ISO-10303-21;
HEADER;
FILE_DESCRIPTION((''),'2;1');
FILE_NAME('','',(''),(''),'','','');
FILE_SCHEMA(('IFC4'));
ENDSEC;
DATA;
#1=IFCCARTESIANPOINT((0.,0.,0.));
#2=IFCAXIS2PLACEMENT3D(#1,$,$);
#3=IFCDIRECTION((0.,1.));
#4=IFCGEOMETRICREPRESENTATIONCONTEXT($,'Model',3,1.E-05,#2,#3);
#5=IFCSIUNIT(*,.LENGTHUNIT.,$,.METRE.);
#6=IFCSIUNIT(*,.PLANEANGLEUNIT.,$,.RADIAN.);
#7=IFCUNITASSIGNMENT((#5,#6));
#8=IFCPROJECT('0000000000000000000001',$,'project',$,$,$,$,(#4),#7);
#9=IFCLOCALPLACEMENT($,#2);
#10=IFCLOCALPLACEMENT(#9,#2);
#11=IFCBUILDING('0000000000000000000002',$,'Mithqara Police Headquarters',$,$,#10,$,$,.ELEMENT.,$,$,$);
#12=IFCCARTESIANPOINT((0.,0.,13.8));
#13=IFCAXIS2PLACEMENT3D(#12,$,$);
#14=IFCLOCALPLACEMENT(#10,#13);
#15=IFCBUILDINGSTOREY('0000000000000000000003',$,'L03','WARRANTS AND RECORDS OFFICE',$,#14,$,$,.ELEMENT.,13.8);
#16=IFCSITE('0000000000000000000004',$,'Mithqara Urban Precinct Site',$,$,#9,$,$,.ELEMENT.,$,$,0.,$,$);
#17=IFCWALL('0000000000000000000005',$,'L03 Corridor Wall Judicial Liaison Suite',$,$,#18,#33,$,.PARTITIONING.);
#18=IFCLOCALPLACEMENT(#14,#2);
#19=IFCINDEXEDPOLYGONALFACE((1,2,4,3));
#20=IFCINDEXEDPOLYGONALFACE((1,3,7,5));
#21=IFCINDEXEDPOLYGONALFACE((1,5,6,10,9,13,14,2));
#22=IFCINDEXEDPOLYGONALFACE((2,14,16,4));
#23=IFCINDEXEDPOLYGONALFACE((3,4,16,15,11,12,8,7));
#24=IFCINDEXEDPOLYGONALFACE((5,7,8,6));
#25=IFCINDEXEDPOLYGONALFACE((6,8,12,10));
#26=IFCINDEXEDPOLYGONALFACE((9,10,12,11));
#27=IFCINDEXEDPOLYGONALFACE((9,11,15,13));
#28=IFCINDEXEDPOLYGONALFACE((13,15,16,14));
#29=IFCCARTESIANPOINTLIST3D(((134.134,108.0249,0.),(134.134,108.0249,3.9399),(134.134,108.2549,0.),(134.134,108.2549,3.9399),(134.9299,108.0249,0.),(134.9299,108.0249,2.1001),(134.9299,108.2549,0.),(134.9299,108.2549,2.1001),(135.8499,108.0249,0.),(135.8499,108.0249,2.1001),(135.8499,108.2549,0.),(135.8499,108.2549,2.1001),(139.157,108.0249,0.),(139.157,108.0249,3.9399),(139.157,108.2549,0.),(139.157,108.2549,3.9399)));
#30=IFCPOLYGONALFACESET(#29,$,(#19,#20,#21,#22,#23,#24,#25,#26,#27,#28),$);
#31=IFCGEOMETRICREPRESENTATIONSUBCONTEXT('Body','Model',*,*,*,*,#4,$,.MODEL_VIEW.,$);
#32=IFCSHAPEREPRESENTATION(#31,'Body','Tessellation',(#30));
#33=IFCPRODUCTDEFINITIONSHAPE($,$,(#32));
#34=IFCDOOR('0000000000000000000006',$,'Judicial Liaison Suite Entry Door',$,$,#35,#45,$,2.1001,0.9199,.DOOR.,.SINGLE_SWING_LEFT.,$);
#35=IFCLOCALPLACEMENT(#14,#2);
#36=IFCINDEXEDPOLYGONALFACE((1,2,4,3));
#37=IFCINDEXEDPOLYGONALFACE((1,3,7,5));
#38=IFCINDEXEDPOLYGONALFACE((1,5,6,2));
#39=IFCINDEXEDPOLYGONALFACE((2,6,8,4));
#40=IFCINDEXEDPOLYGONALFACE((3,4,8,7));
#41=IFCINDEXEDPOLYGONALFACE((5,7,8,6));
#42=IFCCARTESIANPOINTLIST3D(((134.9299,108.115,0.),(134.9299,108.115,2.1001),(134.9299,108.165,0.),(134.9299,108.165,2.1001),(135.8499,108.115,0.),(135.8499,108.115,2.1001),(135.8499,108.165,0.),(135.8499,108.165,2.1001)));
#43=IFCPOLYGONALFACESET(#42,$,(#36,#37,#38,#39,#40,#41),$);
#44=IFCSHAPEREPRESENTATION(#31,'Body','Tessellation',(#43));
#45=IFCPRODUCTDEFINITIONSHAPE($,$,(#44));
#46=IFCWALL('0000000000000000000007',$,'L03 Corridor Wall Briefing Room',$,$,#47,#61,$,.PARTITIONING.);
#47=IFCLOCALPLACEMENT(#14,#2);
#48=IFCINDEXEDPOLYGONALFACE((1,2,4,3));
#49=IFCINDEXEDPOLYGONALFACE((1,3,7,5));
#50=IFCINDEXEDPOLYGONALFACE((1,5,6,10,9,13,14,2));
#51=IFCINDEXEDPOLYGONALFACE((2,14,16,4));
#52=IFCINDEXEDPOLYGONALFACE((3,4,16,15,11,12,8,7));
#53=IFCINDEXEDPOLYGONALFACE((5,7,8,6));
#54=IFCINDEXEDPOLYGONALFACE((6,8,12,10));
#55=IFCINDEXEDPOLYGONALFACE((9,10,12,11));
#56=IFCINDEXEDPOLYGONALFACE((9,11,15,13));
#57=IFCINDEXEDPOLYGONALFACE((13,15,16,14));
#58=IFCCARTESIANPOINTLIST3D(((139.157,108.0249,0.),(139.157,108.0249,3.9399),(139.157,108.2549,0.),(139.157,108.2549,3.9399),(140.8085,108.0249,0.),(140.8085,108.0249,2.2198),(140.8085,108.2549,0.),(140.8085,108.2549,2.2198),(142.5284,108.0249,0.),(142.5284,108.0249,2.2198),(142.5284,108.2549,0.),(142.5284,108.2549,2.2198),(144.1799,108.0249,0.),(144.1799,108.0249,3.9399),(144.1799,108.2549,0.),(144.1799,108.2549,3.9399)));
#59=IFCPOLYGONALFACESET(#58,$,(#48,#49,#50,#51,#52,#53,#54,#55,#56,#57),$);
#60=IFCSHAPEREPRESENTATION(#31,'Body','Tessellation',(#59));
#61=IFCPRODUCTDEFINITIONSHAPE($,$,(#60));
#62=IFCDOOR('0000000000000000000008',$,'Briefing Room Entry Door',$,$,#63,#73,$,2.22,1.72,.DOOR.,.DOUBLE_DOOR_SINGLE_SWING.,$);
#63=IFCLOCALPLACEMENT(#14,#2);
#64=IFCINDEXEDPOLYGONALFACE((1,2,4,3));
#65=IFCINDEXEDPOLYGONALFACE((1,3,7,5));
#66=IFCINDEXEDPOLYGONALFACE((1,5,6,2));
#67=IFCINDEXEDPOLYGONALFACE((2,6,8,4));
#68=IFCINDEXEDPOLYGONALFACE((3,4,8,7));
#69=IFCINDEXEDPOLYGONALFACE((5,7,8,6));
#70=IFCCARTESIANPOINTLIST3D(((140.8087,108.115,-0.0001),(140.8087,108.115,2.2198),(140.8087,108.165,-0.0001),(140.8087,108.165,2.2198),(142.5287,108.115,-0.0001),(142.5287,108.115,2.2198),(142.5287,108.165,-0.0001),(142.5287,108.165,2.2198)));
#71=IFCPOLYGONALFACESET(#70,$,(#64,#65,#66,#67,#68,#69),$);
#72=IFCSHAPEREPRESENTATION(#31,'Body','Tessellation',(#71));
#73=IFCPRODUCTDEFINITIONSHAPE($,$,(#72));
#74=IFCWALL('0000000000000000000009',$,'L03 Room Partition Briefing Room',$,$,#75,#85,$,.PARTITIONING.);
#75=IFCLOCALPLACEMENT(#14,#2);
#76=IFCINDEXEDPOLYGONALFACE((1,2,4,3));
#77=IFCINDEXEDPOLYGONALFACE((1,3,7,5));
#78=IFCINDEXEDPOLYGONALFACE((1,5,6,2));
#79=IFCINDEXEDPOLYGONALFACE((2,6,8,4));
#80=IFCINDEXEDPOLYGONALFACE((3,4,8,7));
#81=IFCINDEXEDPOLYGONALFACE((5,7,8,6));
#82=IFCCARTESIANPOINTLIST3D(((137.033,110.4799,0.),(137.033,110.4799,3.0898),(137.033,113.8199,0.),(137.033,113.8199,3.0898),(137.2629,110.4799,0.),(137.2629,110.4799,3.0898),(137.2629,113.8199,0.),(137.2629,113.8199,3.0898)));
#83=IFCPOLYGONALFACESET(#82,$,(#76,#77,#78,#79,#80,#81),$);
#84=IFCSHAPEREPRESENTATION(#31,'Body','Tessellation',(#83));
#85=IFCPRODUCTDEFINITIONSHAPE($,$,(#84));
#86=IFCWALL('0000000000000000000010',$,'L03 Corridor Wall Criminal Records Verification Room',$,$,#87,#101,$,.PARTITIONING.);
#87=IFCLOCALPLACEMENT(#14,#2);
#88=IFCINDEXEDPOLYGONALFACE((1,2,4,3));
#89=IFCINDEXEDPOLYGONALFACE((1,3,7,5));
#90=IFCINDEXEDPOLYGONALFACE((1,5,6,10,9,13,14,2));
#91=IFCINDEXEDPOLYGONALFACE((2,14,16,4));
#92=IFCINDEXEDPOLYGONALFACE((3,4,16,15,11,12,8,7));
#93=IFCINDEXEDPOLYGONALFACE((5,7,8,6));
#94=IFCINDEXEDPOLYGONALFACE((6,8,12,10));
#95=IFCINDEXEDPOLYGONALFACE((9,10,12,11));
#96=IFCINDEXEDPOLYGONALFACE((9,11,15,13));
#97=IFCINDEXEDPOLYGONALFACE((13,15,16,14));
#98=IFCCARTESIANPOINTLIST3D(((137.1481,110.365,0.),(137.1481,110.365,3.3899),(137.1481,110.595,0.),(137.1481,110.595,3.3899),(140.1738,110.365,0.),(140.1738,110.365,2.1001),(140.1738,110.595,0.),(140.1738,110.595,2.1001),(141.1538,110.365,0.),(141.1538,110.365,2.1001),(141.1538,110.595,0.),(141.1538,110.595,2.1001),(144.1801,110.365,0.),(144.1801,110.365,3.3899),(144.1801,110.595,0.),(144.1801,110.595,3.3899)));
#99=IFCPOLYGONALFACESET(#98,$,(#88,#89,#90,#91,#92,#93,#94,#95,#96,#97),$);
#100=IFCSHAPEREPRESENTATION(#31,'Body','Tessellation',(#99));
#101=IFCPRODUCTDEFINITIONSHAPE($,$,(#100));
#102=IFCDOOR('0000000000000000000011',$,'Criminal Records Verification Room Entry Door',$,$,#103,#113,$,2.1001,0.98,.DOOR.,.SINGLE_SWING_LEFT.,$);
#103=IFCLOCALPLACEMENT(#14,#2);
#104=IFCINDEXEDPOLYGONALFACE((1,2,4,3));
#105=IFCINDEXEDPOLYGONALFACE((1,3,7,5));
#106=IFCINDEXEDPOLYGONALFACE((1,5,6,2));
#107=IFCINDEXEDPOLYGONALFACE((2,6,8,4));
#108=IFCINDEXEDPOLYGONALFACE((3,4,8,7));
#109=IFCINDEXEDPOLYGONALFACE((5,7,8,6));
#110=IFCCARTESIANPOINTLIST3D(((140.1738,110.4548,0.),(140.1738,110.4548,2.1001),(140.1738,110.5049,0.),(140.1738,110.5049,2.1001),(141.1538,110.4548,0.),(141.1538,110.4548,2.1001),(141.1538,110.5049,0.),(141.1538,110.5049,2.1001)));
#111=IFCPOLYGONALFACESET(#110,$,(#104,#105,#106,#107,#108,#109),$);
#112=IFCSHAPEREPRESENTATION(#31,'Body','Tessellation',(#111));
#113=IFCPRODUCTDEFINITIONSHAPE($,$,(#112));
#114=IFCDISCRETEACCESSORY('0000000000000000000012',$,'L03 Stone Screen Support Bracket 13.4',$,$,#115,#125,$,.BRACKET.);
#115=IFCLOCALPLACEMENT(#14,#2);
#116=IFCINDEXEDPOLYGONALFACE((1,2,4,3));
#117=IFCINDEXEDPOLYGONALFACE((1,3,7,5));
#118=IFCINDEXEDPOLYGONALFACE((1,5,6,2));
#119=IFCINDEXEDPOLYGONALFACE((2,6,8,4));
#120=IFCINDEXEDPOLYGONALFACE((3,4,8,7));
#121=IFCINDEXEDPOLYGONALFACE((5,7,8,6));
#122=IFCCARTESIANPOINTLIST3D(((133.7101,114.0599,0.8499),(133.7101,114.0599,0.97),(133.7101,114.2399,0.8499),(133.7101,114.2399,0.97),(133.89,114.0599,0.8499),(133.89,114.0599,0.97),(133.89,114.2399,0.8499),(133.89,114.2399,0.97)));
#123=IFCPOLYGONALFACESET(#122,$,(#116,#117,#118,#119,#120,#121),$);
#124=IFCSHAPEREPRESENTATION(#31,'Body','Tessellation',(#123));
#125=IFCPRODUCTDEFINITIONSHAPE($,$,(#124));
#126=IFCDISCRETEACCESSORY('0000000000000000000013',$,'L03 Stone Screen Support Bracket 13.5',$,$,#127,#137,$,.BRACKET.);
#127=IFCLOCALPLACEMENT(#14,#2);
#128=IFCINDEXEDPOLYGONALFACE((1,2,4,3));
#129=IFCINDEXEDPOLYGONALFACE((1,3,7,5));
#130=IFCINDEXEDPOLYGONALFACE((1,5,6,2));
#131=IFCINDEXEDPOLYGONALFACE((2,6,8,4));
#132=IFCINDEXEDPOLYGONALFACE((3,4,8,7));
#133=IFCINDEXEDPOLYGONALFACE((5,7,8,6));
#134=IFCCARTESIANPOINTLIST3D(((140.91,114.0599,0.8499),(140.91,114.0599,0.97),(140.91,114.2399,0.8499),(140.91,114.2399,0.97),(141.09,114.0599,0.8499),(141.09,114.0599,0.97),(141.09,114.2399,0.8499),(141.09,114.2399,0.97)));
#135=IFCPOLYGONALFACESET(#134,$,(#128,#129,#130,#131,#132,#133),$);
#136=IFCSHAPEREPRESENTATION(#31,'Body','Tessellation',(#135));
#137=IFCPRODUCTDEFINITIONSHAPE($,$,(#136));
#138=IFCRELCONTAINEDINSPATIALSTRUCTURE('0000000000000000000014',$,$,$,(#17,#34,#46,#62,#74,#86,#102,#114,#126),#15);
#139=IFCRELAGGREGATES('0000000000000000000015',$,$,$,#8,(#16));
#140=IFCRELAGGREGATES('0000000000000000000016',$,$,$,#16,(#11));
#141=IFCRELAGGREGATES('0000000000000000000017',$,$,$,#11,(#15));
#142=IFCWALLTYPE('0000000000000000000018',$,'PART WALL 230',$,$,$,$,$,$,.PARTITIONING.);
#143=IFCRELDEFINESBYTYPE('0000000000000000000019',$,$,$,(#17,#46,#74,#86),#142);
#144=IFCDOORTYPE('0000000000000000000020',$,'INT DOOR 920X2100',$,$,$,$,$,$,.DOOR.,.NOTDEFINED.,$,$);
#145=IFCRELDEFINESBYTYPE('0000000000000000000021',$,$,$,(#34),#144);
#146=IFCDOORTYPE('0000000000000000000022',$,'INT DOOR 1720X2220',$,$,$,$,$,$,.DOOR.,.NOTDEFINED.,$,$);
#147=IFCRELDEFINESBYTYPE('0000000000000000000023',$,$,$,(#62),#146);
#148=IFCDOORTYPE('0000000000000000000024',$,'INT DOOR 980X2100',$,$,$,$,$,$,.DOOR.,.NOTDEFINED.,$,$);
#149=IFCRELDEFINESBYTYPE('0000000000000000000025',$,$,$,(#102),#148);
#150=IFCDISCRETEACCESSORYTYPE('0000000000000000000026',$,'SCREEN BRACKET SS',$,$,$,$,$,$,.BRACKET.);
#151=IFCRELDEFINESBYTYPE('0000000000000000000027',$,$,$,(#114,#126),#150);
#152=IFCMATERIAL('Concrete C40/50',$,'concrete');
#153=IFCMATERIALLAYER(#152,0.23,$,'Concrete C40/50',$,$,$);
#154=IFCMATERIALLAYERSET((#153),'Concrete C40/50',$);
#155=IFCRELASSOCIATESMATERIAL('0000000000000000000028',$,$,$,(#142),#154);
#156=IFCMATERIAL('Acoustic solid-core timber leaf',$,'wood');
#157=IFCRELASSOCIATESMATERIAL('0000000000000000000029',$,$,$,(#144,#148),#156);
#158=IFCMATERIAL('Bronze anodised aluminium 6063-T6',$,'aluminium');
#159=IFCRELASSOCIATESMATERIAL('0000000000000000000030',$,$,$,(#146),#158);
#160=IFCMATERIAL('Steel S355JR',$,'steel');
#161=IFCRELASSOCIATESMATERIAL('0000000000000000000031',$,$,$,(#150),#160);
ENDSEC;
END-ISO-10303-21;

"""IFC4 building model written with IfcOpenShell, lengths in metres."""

from ifc_helpers import new_model, si_unit, direction, frame, frame_2d, origin, origin_2d, place, context, subcontext, project, spatial, rectangle, extrude, material, layer, layer_set, type_object, element, fill, save


model = new_model("IFC4")

# Units and contexts
model_context = context("Model", 3, precision=1e-05, world=origin(), true_north=direction((0.0, 1.0)))
body_context = subcontext(model_context, "Body", "Model", "MODEL_VIEW")
ifc_project = project(units=[si_unit("LENGTHUNIT", "METRE"), si_unit("PLANEANGLEUNIT", "RADIAN")], contexts=[model_context])

# Site, building, storey
site_placement = place(None, origin())
site = spatial("IfcSite", under=ifc_project, at=site_placement, Name="Mithqara Urban Precinct Site", CompositionType="ELEMENT", RefElevation=0.0)
building_placement = place(site_placement, origin())
building = spatial("IfcBuilding", under=site, at=building_placement, Name="Mithqara Police Headquarters", CompositionType="ELEMENT")
storey_placement = place(building_placement, frame((0.0, 0.0, 13.8)))
storey = spatial("IfcBuildingStorey", under=building, at=storey_placement, Name="L03", Description="WARRANTS AND RECORDS OFFICE", CompositionType="ELEMENT", Elevation=13.8)

# Shared definitions
ifc_material_1 = material(Name="Steel S355JR", Category="steel")
ifc_material_2 = material(Name="Concrete C40/50", Category="concrete")

# Walls, openings, doors
ifc_layer_1 = layer(ifc_material_2, 0.23, Name="Concrete C40/50")
ifc_layer_set_1 = layer_set([ifc_layer_1], Name="Concrete C40/50")
wall_type = type_object("IfcWallType", Name="PART WALL 230", PredefinedType="PARTITIONING", material=ifc_layer_set_1)
wall_1_placement = place(storey_placement, frame((134.134, 108.1399, 0.0), z_axis=(0.0, 0.0, 1.0), x_axis=(1.0, 0.0, 0.0)))
wall_1 = element("IfcWall", 1, at=wall_1_placement, inside=storey, type_object=wall_type, Name="L03 Corridor Wall Judicial Liaison Suite", PredefinedType="PARTITIONING", context=body_context, shape_type="SweptSolid", body=[
    extrude(rectangle(XDim=5.0229, YDim=0.23, at=frame_2d((2.5115, 0.0))), origin(), (0.0, 0.0, 1.0), 3.9399),
])
opening_1_placement = place(wall_1_placement, frame((0.7959, 0.0, 0.0)))
opening_1 = element("IfcOpeningElement", 2, at=opening_1_placement, cuts=wall_1, PredefinedType="OPENING", context=body_context, shape_type="SweptSolid", body=[
    extrude(rectangle(XDim=0.9199, YDim=2.1001, at=frame_2d((0.46, 1.05))), frame((0.0, 0.125, 0.0), z_axis=(0.0, -1.0, 0.0), x_axis=(1.0, 0.0, 0.0)), (0.0, 0.0, 1.0), 0.25),
])
ifc_material_3 = material(Name="Acoustic solid-core timber leaf", Category="wood")
door_type_1 = type_object("IfcDoorType", Name="INT DOOR 920X2100", OperationType="NOTDEFINED", PredefinedType="DOOR", material=ifc_material_3)
door_1_placement = place(opening_1_placement, frame((0.9199, 0.0, 0.0), z_axis=(0.0, 0.0, 1.0), x_axis=(-1.0, 0.0, 0.0)))
door_1 = element("IfcDoor", 3, at=door_1_placement, inside=storey, type_object=door_type_1, Name="Judicial Liaison Suite Entry Door", OperationType="SINGLE_SWING_LEFT", OverallHeight=2.1001, OverallWidth=0.9199, PredefinedType="DOOR", context=body_context, shape_type="SweptSolid", body=[
    extrude(rectangle(XDim=0.9199, YDim=2.1001, at=frame_2d((0.46, 1.05))), frame((0.0, 0.0249, 0.0), z_axis=(0.0, -1.0, 0.0), x_axis=(1.0, 0.0, 0.0)), (0.0, 0.0, 1.0), 0.05),
])
fill(opening_1, door_1)
wall_2_placement = place(storey_placement, frame((139.157, 108.1399, 0.0), z_axis=(0.0, 0.0, 1.0), x_axis=(1.0, 0.0, 0.0)))
wall_2 = element("IfcWall", 4, at=wall_2_placement, inside=storey, type_object=wall_type, Name="L03 Corridor Wall Briefing Room", PredefinedType="PARTITIONING", context=body_context, shape_type="SweptSolid", body=[
    extrude(rectangle(XDim=5.0229, YDim=0.23, at=frame_2d((2.5115, 0.0))), origin(), (0.0, 0.0, 1.0), 3.9399),
])
opening_2_placement = place(wall_2_placement, frame((1.6516, 0.0, 0.0)))
opening_2 = element("IfcOpeningElement", 5, at=opening_2_placement, cuts=wall_2, PredefinedType="OPENING", context=body_context, shape_type="SweptSolid", body=[
    extrude(rectangle(XDim=1.72, YDim=2.22, at=frame_2d((0.8599, 1.1099))), frame((0.0, 0.125, 0.0), z_axis=(0.0, -1.0, 0.0), x_axis=(1.0, 0.0, 0.0)), (0.0, 0.0, 1.0), 0.25),
])
ifc_material_4 = material(Name="Bronze anodised aluminium 6063-T6", Category="aluminium")
door_type_2 = type_object("IfcDoorType", Name="INT DOOR 1720X2220", OperationType="NOTDEFINED", PredefinedType="DOOR", material=ifc_material_4)
door_2_placement = place(opening_2_placement, frame((1.72, 0.0, 0.0), z_axis=(0.0, 0.0, 1.0), x_axis=(-1.0, 0.0, 0.0)))
door_2 = element("IfcDoor", 6, at=door_2_placement, inside=storey, type_object=door_type_2, Name="Briefing Room Entry Door", OperationType="DOUBLE_DOOR_SINGLE_SWING", OverallHeight=2.22, OverallWidth=1.72, PredefinedType="DOOR", context=body_context, shape_type="SweptSolid", body=[
    extrude(rectangle(XDim=1.72, YDim=2.22, at=frame_2d((0.8599, 1.1099))), frame((0.0, 0.0249, 0.0), z_axis=(0.0, -1.0, 0.0), x_axis=(1.0, 0.0, 0.0)), (0.0, 0.0, 1.0), 0.05),
])
fill(opening_2, door_2)

# Wall
wall_3_placement = place(storey_placement, frame((137.1479, 110.48, 0.0), z_axis=(0.0, 0.0, 1.0), x_axis=(0.0, 1.0, 0.0)))
element("IfcWall", 7, at=wall_3_placement, inside=storey, type_object=wall_type, Name="L03 Room Partition Briefing Room", PredefinedType="PARTITIONING", context=body_context, shape_type="SweptSolid", body=[
    extrude(rectangle(XDim=3.3401, YDim=0.23, at=frame_2d((1.6699, 0.0))), origin(), (0.0, 0.0, 1.0), 3.0898),
])

# Wall, opening, door
wall_4_placement = place(storey_placement, frame((137.1479, 110.48, 0.0), z_axis=(0.0, 0.0, 1.0), x_axis=(1.0, 0.0, 0.0)))
wall_4 = element("IfcWall", 8, at=wall_4_placement, inside=storey, type_object=wall_type, Name="L03 Corridor Wall Criminal Records Verification Room", PredefinedType="PARTITIONING", context=body_context, shape_type="SweptSolid", body=[
    extrude(rectangle(XDim=7.032, YDim=0.23, at=frame_2d((3.5161, 0.0))), origin(), (0.0, 0.0, 1.0), 3.3899),
])
opening_3_placement = place(wall_4_placement, frame((3.0259, 0.0, 0.0)))
opening_3 = element("IfcOpeningElement", 9, at=opening_3_placement, cuts=wall_4, PredefinedType="OPENING", context=body_context, shape_type="SweptSolid", body=[
    extrude(rectangle(XDim=0.98, YDim=2.1001, at=frame_2d((0.49, 1.05))), frame((0.0, 0.125, 0.0), z_axis=(0.0, -1.0, 0.0), x_axis=(1.0, 0.0, 0.0)), (0.0, 0.0, 1.0), 0.25),
])
door_type_3 = type_object("IfcDoorType", Name="INT DOOR 980X2100", OperationType="NOTDEFINED", PredefinedType="DOOR", material=ifc_material_3)
door_3_placement = place(opening_3_placement, origin())
door_3 = element("IfcDoor", 10, at=door_3_placement, inside=storey, type_object=door_type_3, Name="Criminal Records Verification Room Entry Door", OperationType="SINGLE_SWING_LEFT", OverallHeight=2.1001, OverallWidth=0.98, PredefinedType="DOOR", context=body_context, shape_type="SweptSolid", body=[
    extrude(rectangle(XDim=0.98, YDim=2.1001, at=frame_2d((0.49, 1.05))), frame((0.0, 0.0249, 0.0), z_axis=(0.0, -1.0, 0.0), x_axis=(1.0, 0.0, 0.0)), (0.0, 0.0, 1.0), 0.05),
])
fill(opening_3, door_3)

# Discrete accessories
discrete_accessory_type = type_object("IfcDiscreteAccessoryType", Name="SCREEN BRACKET SS", PredefinedType="BRACKET", material=ifc_material_1)
for number, where, z_axis, x_axis, name in (
    (11, (133.8, 114.1499, 0.8499), (0.0, 0.0, 1.0), (1.0, 0.0, 0.0), "L03 Stone Screen Support Bracket 13.4"),
    (12, (141.0, 114.1499, 0.8499), (0.0, 0.0, 1.0), (1.0, 0.0, 0.0), "L03 Stone Screen Support Bracket 13.5"),
):
    element("IfcDiscreteAccessory", number, at=place(storey_placement, frame(where, z_axis=z_axis, x_axis=x_axis)), inside=storey, type_object=discrete_accessory_type, Name=name, PredefinedType="BRACKET", context=body_context, shape_type="SweptSolid", body=[
        extrude(rectangle(XDim=0.1799, YDim=0.1799, at=origin_2d()), origin(), (0.0, 0.0, 1.0), 0.1201),
    ])

save(model, "model.ifc")
